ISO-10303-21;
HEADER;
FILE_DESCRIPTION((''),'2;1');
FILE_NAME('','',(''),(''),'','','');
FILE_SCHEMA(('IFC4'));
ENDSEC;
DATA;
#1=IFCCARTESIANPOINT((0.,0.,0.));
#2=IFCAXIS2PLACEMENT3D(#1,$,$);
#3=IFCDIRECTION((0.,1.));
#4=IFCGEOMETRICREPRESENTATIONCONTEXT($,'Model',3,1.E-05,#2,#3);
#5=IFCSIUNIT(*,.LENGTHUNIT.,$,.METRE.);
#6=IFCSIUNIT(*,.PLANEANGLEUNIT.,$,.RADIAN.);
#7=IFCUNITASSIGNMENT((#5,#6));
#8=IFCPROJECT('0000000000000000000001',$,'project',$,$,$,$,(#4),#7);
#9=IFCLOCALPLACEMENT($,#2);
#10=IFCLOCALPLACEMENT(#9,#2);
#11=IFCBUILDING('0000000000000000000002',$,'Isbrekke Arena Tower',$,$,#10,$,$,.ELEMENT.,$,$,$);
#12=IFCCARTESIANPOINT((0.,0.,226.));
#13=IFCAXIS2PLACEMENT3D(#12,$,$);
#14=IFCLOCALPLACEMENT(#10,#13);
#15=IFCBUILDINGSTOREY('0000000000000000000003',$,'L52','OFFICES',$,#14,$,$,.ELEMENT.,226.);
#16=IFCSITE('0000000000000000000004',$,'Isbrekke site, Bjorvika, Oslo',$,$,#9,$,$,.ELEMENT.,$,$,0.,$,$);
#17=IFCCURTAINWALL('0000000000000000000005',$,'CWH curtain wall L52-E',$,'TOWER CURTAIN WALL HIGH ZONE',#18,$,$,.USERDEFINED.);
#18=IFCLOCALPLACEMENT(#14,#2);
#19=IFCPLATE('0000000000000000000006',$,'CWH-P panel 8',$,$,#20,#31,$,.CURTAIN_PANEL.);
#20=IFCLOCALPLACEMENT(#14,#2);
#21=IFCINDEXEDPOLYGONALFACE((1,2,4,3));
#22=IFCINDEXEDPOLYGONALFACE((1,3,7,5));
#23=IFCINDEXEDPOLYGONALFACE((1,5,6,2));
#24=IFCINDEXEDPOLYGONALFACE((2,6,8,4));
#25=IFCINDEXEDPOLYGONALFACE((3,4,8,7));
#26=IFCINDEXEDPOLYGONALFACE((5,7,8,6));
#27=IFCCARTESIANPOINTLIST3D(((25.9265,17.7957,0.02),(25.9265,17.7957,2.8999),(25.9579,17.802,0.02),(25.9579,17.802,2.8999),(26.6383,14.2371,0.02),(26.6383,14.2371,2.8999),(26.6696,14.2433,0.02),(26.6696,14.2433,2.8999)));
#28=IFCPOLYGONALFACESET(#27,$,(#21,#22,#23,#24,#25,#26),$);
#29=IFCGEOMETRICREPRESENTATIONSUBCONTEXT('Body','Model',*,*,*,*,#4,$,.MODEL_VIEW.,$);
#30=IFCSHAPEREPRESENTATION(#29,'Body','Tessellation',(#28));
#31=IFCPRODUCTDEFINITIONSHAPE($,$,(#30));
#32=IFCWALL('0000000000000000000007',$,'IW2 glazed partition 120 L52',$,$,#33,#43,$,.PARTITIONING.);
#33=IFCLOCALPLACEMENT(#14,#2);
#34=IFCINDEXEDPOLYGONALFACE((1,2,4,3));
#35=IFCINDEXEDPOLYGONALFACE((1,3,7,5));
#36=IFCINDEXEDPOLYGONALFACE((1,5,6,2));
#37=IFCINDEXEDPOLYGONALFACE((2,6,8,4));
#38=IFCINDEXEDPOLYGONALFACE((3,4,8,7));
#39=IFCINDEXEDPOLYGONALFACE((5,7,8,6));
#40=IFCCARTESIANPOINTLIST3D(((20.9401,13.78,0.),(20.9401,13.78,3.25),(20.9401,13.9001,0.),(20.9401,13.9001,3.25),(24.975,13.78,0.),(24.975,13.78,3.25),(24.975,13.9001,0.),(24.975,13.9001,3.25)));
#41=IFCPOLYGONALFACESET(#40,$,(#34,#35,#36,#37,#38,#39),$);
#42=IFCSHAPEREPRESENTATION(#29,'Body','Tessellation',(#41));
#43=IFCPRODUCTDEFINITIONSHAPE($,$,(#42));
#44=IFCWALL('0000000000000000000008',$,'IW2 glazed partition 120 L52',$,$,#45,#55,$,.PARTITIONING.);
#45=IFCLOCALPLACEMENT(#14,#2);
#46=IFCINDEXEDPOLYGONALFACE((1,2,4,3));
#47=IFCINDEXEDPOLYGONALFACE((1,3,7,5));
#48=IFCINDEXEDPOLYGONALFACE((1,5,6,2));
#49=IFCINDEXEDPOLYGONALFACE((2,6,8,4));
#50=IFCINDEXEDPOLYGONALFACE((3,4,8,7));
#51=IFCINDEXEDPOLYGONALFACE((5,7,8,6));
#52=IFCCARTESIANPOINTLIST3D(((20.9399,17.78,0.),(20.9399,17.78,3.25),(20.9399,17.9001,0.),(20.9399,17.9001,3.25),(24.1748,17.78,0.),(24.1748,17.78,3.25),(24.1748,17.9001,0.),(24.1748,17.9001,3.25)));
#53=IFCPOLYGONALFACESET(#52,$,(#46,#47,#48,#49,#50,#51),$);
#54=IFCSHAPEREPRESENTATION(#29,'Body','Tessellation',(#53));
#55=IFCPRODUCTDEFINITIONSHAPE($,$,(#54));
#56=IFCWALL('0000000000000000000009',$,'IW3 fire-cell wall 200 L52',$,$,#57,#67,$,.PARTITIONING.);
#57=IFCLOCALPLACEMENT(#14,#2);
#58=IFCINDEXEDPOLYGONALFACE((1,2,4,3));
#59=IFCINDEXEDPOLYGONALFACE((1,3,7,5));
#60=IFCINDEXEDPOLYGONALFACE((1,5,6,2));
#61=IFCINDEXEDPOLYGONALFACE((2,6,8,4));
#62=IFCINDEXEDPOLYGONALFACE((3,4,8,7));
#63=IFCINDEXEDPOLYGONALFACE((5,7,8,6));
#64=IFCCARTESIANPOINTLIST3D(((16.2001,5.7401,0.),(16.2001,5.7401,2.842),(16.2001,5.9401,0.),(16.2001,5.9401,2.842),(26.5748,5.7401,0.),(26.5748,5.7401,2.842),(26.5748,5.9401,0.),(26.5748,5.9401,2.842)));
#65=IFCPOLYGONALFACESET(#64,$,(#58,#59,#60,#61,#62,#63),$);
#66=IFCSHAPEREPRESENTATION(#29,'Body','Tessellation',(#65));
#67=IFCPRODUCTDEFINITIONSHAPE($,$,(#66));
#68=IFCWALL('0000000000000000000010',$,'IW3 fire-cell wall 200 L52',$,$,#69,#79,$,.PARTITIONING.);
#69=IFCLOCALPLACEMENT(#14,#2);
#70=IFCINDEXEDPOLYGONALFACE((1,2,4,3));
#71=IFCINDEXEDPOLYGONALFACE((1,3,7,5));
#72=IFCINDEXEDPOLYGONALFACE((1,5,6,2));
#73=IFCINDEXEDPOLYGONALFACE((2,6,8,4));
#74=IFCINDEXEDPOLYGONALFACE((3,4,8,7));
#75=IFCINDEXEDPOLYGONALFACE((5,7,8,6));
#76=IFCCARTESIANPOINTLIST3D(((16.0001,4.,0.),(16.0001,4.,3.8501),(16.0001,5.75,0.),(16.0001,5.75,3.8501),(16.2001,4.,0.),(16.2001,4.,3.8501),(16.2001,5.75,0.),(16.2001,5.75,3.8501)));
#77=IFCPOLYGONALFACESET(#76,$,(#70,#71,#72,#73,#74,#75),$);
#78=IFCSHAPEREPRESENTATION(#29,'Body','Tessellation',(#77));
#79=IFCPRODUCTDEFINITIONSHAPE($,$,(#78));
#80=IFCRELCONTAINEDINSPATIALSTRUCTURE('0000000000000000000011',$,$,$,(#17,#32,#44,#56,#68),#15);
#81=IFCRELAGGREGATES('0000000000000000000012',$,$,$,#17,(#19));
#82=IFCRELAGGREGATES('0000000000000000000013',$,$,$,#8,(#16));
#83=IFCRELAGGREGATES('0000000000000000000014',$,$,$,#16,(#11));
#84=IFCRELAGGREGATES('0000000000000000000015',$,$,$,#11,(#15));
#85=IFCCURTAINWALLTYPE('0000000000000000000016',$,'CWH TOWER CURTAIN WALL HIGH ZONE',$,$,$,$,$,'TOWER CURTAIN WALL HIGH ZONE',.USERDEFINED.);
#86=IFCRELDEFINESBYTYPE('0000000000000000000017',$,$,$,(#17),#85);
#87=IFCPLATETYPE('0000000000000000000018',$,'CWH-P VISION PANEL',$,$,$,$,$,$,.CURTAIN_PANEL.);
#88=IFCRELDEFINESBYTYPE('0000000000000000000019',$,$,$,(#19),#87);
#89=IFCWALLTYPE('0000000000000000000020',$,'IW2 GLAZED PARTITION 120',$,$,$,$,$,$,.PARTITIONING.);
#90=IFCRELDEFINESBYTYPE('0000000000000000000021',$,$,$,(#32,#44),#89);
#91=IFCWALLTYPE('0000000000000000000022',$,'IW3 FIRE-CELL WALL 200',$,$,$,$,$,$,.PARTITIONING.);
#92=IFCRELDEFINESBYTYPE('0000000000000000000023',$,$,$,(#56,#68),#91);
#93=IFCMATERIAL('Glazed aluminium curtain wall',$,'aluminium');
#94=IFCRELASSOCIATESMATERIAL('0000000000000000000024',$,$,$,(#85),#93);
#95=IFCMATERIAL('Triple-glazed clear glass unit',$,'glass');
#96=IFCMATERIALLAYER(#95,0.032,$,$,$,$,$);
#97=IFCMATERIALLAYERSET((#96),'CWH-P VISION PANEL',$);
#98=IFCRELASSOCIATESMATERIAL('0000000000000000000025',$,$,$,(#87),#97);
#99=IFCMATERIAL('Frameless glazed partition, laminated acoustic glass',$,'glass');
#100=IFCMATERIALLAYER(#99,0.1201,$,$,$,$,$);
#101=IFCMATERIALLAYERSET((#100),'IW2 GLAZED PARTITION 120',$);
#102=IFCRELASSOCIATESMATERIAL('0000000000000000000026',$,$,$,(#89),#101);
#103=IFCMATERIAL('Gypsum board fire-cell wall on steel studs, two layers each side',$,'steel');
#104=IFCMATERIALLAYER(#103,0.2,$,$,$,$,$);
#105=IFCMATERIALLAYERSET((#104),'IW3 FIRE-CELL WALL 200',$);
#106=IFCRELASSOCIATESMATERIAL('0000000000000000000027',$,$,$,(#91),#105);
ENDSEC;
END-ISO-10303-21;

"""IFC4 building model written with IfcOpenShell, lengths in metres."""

from ifc_helpers import new_model, si_unit, direction, frame, frame_2d, origin, origin_2d, place, context, subcontext, project, spatial, rectangle, extrude, material, layer, layer_set, type_object, element, aggregate, save


model = new_model("IFC4")

# Units and contexts
model_context = context("Model", 3, precision=1e-05, world=origin(), true_north=direction((0.0, 1.0)))
body_context = subcontext(model_context, "Body", "Model", "MODEL_VIEW")
ifc_project = project(units=[si_unit("LENGTHUNIT", "METRE"), si_unit("PLANEANGLEUNIT", "RADIAN")], contexts=[model_context])

# Site, building, storey
site_placement = place(None, origin())
site = spatial("IfcSite", under=ifc_project, at=site_placement, Name="Isbrekke site, Bjorvika, Oslo", CompositionType="ELEMENT", RefElevation=0.0)
building_placement = place(site_placement, origin())
building = spatial("IfcBuilding", under=site, at=building_placement, Name="Isbrekke Arena Tower", CompositionType="ELEMENT")
storey_placement = place(building_placement, frame((0.0, 0.0, 226.0)))
storey = spatial("IfcBuildingStorey", under=building, at=storey_placement, Name="L52", Description="OFFICES", CompositionType="ELEMENT", Elevation=226.0)

# Curtain wall
ifc_material_1 = material(Name="Glazed aluminium curtain wall", Category="aluminium")
curtain_wall_type = type_object("IfcCurtainWallType", Name="CWH TOWER CURTAIN WALL HIGH ZONE", ElementType="TOWER CURTAIN WALL HIGH ZONE", PredefinedType="USERDEFINED", material=ifc_material_1)
curtain_wall_placement = place(storey_placement, origin())
curtain_wall = element("IfcCurtainWall", 1, at=curtain_wall_placement, inside=storey, type_object=curtain_wall_type, Name="CWH curtain wall L52-E", ObjectType="TOWER CURTAIN WALL HIGH ZONE", PredefinedType="USERDEFINED")

# Plate
ifc_material_2 = material(Name="Triple-glazed clear glass unit", Category="glass")
ifc_layer_1 = layer(ifc_material_2, 0.032)
ifc_layer_set_1 = layer_set([ifc_layer_1], Name="CWH-P VISION PANEL")
plate_type = type_object("IfcPlateType", Name="CWH-P VISION PANEL", PredefinedType="CURTAIN_PANEL", material=ifc_layer_set_1)
plate_1_placement = place(storey_placement, frame((26.2981, 16.0195, 0.02), z_axis=(0.0, 0.0, 1.0), x_axis=(-0.196116, 0.980581, 0.0)))
plate_1 = element("IfcPlate", 2, at=plate_1_placement, type_object=plate_type, Name="CWH-P panel 8", PredefinedType="CURTAIN_PANEL", context=body_context, shape_type="SweptSolid", body=[
    extrude(rectangle(XDim=3.6292, YDim=0.032, at=origin_2d()), origin(), (0.0, 0.0, 1.0), 2.8799),
])
aggregate(curtain_wall, [plate_1])

# Walls
ifc_material_3 = material(Name="Frameless glazed partition, laminated acoustic glass", Category="glass")
ifc_layer_2 = layer(ifc_material_3, 0.1201)
ifc_layer_set_2 = layer_set([ifc_layer_2], Name="IW2 GLAZED PARTITION 120")
wall_type_1 = type_object("IfcWallType", Name="IW2 GLAZED PARTITION 120", PredefinedType="PARTITIONING", material=ifc_layer_set_2)
wall_1_placement = place(storey_placement, frame((20.9399, 13.8401, 0.0), z_axis=(0.0, 0.0, 1.0), x_axis=(1.0, 0.0, 0.0)))
element("IfcWall", 3, at=wall_1_placement, inside=storey, type_object=wall_type_1, Name="IW2 glazed partition 120 L52", PredefinedType="PARTITIONING", context=body_context, shape_type="SweptSolid", body=[
    extrude(rectangle(XDim=4.0349, YDim=0.1201, at=frame_2d((2.0176, 0.0))), origin(), (0.0, 0.0, 1.0), 3.25),
])
wall_2_placement = place(storey_placement, frame((20.9399, 17.8401, 0.0), z_axis=(0.0, 0.0, 1.0), x_axis=(1.0, 0.0, 0.0)))
element("IfcWall", 4, at=wall_2_placement, inside=storey, type_object=wall_type_1, Name="IW2 glazed partition 120 L52", PredefinedType="PARTITIONING", context=body_context, shape_type="SweptSolid", body=[
    extrude(rectangle(XDim=3.2349, YDim=0.1201, at=frame_2d((1.6174, 0.0))), origin(), (0.0, 0.0, 1.0), 3.25),
])

# Walls
ifc_material_4 = material(Name="Gypsum board fire-cell wall on steel studs, two layers each side", Category="steel")
ifc_layer_3 = layer(ifc_material_4, 0.2)
ifc_layer_set_3 = layer_set([ifc_layer_3], Name="IW3 FIRE-CELL WALL 200")
wall_type_2 = type_object("IfcWallType", Name="IW3 FIRE-CELL WALL 200", PredefinedType="PARTITIONING", material=ifc_layer_set_3)
wall_3_placement = place(storey_placement, frame((16.2, 5.8401, 0.0), z_axis=(0.0, 0.0, 1.0), x_axis=(1.0, 0.0, 0.0)))
element("IfcWall", 5, at=wall_3_placement, inside=storey, type_object=wall_type_2, Name="IW3 fire-cell wall 200 L52", PredefinedType="PARTITIONING", context=body_context, shape_type="SweptSolid", body=[
    extrude(rectangle(XDim=10.3748, YDim=0.2, at=frame_2d((5.1875, 0.0))), origin(), (0.0, 0.0, 1.0), 2.842),
])
wall_4_placement = place(storey_placement, frame((16.1001, 4.0, 0.0), z_axis=(0.0, 0.0, 1.0), x_axis=(0.0, 1.0, 0.0)))
element("IfcWall", 6, at=wall_4_placement, inside=storey, type_object=wall_type_2, Name="IW3 fire-cell wall 200 L52", PredefinedType="PARTITIONING", context=body_context, shape_type="SweptSolid", body=[
    extrude(rectangle(XDim=1.75, YDim=0.2, at=frame_2d((0.875, 0.0))), origin(), (0.0, 0.0, 1.0), 3.8501),
])

save(model, "model.ifc")
